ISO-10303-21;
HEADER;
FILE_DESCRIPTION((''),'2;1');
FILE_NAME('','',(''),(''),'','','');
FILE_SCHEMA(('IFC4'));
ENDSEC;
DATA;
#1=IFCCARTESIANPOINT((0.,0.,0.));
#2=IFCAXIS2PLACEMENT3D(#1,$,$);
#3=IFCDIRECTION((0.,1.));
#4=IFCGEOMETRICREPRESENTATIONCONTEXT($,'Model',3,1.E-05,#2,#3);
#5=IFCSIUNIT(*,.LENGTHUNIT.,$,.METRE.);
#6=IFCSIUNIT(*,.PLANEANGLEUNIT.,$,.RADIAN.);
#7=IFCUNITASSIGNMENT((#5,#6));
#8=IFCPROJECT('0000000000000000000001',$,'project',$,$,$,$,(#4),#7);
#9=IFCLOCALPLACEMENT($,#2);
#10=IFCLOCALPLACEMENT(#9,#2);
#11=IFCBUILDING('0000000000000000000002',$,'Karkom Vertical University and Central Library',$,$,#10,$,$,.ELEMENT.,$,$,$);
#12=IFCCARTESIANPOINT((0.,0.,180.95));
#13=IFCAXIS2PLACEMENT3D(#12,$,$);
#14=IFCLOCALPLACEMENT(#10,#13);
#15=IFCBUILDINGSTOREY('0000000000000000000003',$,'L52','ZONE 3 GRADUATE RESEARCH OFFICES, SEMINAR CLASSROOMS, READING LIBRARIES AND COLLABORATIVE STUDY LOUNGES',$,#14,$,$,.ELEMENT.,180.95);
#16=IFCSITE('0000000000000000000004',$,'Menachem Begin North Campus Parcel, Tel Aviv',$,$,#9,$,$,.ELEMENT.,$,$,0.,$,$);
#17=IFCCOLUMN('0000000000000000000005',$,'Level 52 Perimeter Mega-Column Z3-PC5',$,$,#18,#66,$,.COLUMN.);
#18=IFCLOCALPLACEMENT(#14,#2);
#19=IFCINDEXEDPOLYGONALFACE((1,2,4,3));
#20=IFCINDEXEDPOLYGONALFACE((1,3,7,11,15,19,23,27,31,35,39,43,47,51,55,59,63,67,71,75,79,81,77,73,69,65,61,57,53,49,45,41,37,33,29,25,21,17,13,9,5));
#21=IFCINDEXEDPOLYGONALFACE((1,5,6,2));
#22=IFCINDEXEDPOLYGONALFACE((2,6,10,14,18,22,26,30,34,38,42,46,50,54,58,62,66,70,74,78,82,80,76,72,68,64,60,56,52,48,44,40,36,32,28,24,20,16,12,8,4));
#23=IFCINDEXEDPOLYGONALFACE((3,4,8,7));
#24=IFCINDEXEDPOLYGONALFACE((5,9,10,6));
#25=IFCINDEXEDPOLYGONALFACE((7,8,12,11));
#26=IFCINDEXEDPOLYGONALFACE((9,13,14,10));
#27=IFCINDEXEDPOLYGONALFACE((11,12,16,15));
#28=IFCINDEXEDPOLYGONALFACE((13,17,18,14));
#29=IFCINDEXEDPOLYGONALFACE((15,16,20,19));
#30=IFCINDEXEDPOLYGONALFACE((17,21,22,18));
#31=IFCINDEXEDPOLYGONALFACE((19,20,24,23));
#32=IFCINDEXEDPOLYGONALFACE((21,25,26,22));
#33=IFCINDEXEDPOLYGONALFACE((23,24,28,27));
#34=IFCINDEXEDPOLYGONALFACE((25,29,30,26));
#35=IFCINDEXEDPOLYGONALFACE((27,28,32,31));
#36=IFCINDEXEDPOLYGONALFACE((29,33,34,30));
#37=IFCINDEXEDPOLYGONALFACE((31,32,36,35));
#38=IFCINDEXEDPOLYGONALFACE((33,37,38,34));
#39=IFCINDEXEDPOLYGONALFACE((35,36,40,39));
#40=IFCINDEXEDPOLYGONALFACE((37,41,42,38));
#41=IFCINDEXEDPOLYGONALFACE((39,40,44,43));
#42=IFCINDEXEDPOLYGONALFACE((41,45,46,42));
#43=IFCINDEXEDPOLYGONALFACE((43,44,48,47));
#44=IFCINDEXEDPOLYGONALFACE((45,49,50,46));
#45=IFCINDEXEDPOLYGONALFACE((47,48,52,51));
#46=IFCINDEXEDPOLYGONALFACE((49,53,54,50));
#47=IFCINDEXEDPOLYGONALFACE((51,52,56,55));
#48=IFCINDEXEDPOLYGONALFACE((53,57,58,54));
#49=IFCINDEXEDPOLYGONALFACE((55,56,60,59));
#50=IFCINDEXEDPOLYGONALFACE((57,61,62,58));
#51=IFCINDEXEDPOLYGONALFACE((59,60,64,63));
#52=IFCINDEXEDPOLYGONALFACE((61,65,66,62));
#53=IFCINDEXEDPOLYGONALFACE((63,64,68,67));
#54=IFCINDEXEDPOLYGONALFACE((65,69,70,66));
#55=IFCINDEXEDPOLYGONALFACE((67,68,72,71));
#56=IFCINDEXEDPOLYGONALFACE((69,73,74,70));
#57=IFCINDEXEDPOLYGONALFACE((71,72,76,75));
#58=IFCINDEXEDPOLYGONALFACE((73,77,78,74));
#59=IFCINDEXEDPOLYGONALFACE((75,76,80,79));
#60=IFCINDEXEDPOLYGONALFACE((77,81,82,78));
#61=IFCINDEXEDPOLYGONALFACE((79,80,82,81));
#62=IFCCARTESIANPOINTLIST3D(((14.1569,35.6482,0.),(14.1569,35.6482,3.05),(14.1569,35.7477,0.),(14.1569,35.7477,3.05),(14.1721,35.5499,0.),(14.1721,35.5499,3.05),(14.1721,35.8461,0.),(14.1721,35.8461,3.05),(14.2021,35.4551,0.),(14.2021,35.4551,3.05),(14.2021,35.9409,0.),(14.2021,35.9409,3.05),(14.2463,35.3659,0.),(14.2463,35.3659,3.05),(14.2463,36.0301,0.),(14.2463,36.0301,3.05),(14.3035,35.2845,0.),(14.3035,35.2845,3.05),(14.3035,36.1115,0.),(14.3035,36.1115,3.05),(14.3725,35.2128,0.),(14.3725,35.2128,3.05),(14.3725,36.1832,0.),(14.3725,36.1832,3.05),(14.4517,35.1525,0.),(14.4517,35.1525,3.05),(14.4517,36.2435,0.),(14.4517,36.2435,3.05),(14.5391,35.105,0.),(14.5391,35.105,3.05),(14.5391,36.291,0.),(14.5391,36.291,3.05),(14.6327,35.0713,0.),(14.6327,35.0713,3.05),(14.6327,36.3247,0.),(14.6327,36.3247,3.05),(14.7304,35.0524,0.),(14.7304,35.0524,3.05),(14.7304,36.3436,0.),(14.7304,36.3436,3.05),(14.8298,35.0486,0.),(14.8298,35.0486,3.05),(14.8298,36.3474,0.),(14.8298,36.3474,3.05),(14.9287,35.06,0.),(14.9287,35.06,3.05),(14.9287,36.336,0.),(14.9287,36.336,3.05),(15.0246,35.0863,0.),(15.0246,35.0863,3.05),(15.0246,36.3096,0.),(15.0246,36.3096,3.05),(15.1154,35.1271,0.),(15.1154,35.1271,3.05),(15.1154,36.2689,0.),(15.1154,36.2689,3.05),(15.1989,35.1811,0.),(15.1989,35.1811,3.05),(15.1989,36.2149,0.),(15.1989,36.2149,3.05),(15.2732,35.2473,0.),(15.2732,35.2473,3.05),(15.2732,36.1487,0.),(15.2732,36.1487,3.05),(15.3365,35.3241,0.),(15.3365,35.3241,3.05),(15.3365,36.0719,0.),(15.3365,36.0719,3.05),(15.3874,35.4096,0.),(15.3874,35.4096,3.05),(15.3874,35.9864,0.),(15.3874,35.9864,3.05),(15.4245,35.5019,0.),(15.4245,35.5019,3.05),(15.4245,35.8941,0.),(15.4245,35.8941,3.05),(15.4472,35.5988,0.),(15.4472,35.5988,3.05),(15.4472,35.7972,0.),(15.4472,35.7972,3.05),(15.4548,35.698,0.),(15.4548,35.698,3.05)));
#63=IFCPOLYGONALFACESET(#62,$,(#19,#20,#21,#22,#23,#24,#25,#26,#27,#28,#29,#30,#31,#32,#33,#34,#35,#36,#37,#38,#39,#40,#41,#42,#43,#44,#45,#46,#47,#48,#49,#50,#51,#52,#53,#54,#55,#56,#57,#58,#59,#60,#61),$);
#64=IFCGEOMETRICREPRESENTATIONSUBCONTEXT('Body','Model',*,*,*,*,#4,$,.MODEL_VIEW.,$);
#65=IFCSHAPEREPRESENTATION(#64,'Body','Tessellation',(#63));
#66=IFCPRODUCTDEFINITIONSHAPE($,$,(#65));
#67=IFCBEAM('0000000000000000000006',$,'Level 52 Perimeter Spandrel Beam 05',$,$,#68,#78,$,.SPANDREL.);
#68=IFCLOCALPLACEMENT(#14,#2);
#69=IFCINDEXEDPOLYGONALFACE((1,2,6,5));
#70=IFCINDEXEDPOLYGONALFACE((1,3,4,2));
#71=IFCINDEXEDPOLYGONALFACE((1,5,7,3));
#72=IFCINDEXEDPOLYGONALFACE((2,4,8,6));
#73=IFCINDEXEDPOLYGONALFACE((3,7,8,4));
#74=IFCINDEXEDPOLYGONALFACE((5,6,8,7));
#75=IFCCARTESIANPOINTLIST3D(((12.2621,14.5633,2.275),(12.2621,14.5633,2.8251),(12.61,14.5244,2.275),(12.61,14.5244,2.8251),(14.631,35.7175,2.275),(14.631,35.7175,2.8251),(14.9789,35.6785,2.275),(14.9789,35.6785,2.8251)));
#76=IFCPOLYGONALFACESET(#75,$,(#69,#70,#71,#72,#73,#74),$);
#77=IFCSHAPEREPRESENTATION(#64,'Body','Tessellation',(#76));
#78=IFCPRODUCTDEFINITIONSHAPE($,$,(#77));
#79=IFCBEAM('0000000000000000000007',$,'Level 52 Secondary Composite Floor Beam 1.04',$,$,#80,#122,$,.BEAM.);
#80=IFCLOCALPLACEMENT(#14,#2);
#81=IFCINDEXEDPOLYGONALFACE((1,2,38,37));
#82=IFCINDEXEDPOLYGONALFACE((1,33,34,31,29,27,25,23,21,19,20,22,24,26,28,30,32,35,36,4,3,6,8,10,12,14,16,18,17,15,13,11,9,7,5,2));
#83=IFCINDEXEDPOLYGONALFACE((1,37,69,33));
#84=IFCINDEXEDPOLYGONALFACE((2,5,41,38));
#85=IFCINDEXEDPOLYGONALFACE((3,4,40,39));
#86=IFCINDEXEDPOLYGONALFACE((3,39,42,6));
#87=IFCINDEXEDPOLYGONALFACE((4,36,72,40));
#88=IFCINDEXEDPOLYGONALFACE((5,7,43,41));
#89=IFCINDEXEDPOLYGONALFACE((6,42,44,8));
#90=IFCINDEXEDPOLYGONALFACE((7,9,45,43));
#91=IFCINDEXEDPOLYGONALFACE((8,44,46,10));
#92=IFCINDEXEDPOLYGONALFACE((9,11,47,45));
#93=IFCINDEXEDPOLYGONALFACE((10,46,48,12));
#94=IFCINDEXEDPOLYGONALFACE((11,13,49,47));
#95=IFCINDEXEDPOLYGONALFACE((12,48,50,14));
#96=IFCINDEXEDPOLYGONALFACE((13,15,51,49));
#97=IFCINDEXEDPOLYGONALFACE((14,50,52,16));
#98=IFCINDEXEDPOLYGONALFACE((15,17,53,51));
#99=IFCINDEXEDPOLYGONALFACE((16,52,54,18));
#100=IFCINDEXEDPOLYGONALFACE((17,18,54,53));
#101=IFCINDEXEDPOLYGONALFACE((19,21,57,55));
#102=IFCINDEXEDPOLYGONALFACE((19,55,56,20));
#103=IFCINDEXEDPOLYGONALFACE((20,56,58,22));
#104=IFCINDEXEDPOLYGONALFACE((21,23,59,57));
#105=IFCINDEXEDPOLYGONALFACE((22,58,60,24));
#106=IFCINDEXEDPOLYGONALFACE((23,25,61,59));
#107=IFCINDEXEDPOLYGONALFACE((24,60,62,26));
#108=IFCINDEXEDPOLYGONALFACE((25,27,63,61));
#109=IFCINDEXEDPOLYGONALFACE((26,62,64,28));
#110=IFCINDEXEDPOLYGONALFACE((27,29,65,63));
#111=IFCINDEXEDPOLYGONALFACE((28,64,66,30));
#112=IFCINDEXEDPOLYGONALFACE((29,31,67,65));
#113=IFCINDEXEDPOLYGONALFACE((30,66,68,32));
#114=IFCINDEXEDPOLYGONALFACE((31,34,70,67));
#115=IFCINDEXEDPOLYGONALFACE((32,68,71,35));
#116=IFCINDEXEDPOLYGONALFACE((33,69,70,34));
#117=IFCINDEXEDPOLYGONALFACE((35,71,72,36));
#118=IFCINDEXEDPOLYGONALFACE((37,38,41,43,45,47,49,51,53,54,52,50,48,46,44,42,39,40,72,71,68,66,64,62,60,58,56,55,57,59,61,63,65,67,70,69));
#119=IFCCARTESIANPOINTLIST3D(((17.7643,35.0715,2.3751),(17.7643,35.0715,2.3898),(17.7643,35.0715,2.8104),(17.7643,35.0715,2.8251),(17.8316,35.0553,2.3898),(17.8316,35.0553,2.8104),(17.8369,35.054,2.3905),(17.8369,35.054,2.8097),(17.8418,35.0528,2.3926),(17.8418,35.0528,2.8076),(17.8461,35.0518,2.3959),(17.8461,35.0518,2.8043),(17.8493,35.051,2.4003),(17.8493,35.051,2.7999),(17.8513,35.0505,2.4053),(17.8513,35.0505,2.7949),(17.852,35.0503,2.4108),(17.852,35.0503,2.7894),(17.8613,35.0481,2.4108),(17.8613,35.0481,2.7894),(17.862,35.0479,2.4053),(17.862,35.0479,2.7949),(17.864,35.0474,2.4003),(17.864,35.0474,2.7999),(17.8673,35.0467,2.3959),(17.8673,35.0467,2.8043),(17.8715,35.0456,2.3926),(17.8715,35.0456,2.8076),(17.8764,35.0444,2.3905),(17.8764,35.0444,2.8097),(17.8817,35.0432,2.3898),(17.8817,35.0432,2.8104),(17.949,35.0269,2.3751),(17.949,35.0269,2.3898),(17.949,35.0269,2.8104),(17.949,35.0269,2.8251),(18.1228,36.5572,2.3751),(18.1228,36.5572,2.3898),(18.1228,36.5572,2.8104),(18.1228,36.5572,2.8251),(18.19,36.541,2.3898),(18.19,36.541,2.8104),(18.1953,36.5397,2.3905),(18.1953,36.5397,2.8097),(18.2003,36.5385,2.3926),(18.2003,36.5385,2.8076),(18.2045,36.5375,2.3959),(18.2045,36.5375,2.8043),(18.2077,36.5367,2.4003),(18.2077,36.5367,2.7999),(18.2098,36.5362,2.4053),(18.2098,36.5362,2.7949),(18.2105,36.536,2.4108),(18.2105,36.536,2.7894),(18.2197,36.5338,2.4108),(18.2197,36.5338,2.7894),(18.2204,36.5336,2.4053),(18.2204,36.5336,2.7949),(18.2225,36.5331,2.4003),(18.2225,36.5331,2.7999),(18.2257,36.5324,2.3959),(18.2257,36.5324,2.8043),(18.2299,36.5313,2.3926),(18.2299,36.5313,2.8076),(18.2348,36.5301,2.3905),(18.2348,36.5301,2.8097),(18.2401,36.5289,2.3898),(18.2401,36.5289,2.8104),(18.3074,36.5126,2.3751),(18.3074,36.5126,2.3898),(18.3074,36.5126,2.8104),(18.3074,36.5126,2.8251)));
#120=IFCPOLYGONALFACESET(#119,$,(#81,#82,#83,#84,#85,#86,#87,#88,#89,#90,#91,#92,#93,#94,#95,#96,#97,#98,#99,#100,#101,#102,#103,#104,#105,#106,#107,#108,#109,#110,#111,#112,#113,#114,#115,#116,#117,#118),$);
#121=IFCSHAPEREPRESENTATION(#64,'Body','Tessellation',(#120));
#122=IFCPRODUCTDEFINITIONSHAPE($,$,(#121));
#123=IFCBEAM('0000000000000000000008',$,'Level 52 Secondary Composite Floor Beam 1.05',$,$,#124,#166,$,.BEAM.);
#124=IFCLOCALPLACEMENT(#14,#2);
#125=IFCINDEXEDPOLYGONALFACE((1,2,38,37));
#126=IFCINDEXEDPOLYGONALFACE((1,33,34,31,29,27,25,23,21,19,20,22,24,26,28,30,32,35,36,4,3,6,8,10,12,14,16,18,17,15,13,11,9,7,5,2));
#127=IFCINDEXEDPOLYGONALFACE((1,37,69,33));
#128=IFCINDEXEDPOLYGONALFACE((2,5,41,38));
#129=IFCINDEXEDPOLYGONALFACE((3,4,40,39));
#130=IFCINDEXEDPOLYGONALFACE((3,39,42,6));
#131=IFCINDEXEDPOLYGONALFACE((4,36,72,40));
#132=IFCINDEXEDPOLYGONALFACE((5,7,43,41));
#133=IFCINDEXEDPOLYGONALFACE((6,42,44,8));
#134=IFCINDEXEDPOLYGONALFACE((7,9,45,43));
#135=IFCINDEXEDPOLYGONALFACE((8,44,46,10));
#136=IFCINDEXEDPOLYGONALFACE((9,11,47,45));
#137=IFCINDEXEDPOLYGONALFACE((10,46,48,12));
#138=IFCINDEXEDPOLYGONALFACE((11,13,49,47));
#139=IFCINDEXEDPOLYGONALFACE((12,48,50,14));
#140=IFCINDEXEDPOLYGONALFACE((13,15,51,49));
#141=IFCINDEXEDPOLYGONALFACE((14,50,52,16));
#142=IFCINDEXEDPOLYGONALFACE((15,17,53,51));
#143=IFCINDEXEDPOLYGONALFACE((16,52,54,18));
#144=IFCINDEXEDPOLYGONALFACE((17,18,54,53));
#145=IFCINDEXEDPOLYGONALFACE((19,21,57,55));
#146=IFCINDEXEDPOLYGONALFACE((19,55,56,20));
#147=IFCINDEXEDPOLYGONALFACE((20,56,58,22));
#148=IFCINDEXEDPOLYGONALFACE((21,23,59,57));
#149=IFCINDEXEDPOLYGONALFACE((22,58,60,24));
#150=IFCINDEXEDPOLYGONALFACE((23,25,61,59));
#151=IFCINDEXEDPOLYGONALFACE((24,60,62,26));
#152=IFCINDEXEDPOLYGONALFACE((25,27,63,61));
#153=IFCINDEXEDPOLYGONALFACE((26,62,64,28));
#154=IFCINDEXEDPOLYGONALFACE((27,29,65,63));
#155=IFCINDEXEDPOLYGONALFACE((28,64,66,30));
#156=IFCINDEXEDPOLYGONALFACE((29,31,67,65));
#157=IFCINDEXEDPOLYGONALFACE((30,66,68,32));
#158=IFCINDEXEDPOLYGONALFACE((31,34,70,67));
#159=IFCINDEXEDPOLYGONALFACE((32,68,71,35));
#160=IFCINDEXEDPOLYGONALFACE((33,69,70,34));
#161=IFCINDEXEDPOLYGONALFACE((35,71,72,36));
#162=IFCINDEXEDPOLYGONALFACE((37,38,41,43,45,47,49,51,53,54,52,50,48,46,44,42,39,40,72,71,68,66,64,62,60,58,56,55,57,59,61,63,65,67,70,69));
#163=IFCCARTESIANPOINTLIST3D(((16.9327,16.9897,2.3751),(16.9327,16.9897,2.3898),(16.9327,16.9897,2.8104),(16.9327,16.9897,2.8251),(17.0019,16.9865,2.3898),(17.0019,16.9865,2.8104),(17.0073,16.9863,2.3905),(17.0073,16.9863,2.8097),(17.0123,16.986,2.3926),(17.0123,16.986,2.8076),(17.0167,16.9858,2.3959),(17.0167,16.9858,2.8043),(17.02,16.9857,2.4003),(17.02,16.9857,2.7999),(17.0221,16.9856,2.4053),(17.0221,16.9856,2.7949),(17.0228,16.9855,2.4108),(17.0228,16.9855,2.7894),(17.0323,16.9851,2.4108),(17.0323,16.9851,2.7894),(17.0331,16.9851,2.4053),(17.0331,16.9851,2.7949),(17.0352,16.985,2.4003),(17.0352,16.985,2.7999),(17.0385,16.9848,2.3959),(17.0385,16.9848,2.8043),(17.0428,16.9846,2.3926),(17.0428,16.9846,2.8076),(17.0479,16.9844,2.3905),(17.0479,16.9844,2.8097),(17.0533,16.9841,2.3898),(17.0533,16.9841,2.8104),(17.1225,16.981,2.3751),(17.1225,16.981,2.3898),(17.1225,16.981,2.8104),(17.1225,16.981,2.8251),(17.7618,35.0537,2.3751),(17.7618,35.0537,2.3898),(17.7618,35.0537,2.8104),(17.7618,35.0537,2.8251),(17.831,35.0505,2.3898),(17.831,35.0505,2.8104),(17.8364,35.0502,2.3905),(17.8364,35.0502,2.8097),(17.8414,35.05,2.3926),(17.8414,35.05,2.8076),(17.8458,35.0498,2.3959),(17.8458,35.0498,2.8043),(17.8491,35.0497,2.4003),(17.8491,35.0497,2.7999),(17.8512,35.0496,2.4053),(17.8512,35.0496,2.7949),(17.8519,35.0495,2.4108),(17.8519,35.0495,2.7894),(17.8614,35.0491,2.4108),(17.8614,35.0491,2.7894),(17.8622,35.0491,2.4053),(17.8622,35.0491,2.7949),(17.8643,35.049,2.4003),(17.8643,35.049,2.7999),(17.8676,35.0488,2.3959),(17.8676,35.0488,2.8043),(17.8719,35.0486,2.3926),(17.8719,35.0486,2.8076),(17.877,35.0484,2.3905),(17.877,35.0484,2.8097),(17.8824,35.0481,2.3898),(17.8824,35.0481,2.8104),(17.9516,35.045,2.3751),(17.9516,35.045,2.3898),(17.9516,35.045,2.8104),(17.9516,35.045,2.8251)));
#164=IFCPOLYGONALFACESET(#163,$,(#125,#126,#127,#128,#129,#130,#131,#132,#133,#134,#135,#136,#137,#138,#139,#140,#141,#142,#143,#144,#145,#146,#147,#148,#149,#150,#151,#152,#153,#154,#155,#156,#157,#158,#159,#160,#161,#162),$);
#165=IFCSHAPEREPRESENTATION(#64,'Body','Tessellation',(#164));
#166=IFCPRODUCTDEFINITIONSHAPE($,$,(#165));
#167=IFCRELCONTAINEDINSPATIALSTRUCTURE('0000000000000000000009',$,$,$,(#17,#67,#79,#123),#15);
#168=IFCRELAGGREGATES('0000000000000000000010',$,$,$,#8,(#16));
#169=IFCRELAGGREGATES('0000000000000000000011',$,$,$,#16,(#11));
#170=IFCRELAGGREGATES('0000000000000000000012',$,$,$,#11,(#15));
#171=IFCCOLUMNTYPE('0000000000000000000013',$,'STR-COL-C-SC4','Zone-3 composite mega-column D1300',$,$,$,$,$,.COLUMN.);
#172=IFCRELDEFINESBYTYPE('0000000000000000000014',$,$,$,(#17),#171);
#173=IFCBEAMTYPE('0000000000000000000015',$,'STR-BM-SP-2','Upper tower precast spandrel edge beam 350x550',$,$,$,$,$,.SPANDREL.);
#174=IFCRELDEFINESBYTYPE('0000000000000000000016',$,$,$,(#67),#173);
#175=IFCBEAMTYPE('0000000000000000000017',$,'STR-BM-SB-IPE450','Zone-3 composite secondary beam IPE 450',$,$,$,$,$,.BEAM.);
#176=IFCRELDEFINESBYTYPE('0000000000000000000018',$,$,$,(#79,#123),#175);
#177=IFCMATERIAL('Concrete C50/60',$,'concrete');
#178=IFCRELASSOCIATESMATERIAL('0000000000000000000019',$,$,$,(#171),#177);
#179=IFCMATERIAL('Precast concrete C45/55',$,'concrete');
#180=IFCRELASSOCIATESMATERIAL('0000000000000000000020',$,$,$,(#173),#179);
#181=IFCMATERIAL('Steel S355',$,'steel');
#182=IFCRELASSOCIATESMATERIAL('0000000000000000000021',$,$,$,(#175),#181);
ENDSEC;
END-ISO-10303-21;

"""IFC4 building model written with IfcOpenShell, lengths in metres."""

from ifc_helpers import new_model, si_unit, direction, frame, origin, origin_with_axes, origin_2d, place, context, subcontext, project, spatial, rectangle, circle, i_section, extrude, source, transform, mapped, material, material_profile, profile_set, type_object, element, save


model = new_model("IFC4")

# Units and contexts
model_context = context("Model", 3, precision=1e-05, world=origin(), true_north=direction((0.0, 1.0)))
body_context = subcontext(model_context, "Body", "Model", "MODEL_VIEW")
ifc_project = project(units=[si_unit("LENGTHUNIT", "METRE"), si_unit("PLANEANGLEUNIT", "RADIAN")], contexts=[model_context])

# Site, building, storey
site_placement = place(None, origin())
site = spatial("IfcSite", under=ifc_project, at=site_placement, Name="Menachem Begin North Campus Parcel, Tel Aviv", CompositionType="ELEMENT", RefElevation=0.0)
building_placement = place(site_placement, origin())
building = spatial("IfcBuilding", under=site, at=building_placement, Name="Karkom Vertical University and Central Library", CompositionType="ELEMENT")
storey_placement = place(building_placement, frame((0.0, 0.0, 180.95)))
storey = spatial("IfcBuildingStorey", under=building, at=storey_placement, Name="L52", Description="ZONE 3 GRADUATE RESEARCH OFFICES, SEMINAR CLASSROOMS, READING LIBRARIES AND COLLABORATIVE STUDY LOUNGES", CompositionType="ELEMENT", Elevation=180.95)

# Column
ifc_material_1 = material(Name="Concrete C50/60", Category="concrete")
ifc_material_profile_1 = material_profile(ifc_material_1, circle(Radius=0.6499, at=origin_2d()), Name="CFT-D1300")
ifc_profile_set_1 = profile_set([ifc_material_profile_1], Name="Concrete C50/60")
column_type = type_object("IfcColumnType", Name="STR-COL-C-SC4", Description="Zone-3 composite mega-column D1300", PredefinedType="COLUMN", material=ifc_profile_set_1)
shared_shape_1 = source(origin_with_axes(), body_context, "Body", "SweptSolid", [
    extrude(circle(Radius=0.6499, at=origin_2d()), origin(), (0.0, 0.0, 1.0), 3.05),
])
column_placement = place(storey_placement, frame((14.8049, 35.698, 0.0), z_axis=(0.0, 0.0, 1.0), x_axis=(1.0, 0.0, 0.0)))
element("IfcColumn", 1, at=column_placement, inside=storey, type_object=column_type, Name="Level 52 Perimeter Mega-Column Z3-PC5", PredefinedType="COLUMN", context=body_context, shape_type="MappedRepresentation", body=[
    mapped(shared_shape_1, transform((0.0, 0.0, 0.0), scale=1.0)),
])

# Beams
ifc_material_2 = material(Name="Precast concrete C45/55", Category="concrete")
ifc_material_profile_2 = material_profile(ifc_material_2, rectangle(XDim=0.3501, YDim=0.55, at=origin_2d()), Name="SPB-350x550")
ifc_profile_set_2 = profile_set([ifc_material_profile_2], Name="Precast concrete C45/55")
beam_type_1 = type_object("IfcBeamType", Name="STR-BM-SP-2", Description="Upper tower precast spandrel edge beam 350x550", PredefinedType="SPANDREL", material=ifc_profile_set_2)
shared_shape_2 = source(origin_with_axes(), body_context, "Body", "SweptSolid", [
    extrude(rectangle(XDim=0.3501, YDim=0.55, at=origin_2d()), origin(), (0.0, 0.0, 1.0), 21.2864),
])
beam_1_placement = place(storey_placement, frame((14.8049, 35.698, 2.55), z_axis=(-0.111287, -0.993788, 0.0), x_axis=(0.993788, -0.111287, 0.0)))
element("IfcBeam", 2, at=beam_1_placement, inside=storey, type_object=beam_type_1, Name="Level 52 Perimeter Spandrel Beam 05", PredefinedType="SPANDREL", context=body_context, shape_type="MappedRepresentation", body=[
    mapped(shared_shape_2, transform((0.0, 0.0, 0.0), scale=1.0)),
])
ifc_material_3 = material(Name="Steel S355", Category="steel")
ifc_material_profile_3 = material_profile(ifc_material_3, i_section(OverallWidth=0.1899, OverallDepth=0.45, WebThickness=0.0095, FlangeThickness=0.0146, FilletRadius=0.021, at=origin_2d()), Name="IPE 450")
ifc_profile_set_3 = profile_set([ifc_material_profile_3], Name="Steel S355")
beam_type_2 = type_object("IfcBeamType", Name="STR-BM-SB-IPE450", Description="Zone-3 composite secondary beam IPE 450", PredefinedType="BEAM", material=ifc_profile_set_3)
shared_shape_3 = source(origin_with_axes(), body_context, "Body", "SweptSolid", [
    extrude(i_section(OverallWidth=0.1899, OverallDepth=0.45, WebThickness=0.0095, FlangeThickness=0.0146, FilletRadius=0.021, at=origin_2d()), origin(), (0.0, 0.0, 1.0), 1.5283),
])
beam_2_placement = place(storey_placement, frame((18.2151, 36.5349, 2.6001), z_axis=(-0.234521, -0.972111, 0.0), x_axis=(0.972111, -0.234521, 0.0)))
element("IfcBeam", 3, at=beam_2_placement, inside=storey, type_object=beam_type_2, Name="Level 52 Secondary Composite Floor Beam 1.04", PredefinedType="BEAM", context=body_context, shape_type="MappedRepresentation", body=[
    mapped(shared_shape_3, transform((0.0, 0.0, 0.0), scale=1.0)),
])
shared_shape_4 = source(origin_with_axes(), body_context, "Body", "SweptSolid", [
    extrude(i_section(OverallWidth=0.1899, OverallDepth=0.45, WebThickness=0.0095, FlangeThickness=0.0146, FilletRadius=0.021, at=origin_2d()), origin(), (0.0, 0.0, 1.0), 18.083),
])
beam_3_placement = place(storey_placement, frame((17.8567, 35.0493, 2.6001), z_axis=(-0.04585, -0.998948, 0.0), x_axis=(0.998948, -0.04585, 0.0)))
element("IfcBeam", 4, at=beam_3_placement, inside=storey, type_object=beam_type_2, Name="Level 52 Secondary Composite Floor Beam 1.05", PredefinedType="BEAM", context=body_context, shape_type="MappedRepresentation", body=[
    mapped(shared_shape_4, transform((0.0, 0.0, 0.0), scale=1.0)),
])

save(model, "model.ifc")
